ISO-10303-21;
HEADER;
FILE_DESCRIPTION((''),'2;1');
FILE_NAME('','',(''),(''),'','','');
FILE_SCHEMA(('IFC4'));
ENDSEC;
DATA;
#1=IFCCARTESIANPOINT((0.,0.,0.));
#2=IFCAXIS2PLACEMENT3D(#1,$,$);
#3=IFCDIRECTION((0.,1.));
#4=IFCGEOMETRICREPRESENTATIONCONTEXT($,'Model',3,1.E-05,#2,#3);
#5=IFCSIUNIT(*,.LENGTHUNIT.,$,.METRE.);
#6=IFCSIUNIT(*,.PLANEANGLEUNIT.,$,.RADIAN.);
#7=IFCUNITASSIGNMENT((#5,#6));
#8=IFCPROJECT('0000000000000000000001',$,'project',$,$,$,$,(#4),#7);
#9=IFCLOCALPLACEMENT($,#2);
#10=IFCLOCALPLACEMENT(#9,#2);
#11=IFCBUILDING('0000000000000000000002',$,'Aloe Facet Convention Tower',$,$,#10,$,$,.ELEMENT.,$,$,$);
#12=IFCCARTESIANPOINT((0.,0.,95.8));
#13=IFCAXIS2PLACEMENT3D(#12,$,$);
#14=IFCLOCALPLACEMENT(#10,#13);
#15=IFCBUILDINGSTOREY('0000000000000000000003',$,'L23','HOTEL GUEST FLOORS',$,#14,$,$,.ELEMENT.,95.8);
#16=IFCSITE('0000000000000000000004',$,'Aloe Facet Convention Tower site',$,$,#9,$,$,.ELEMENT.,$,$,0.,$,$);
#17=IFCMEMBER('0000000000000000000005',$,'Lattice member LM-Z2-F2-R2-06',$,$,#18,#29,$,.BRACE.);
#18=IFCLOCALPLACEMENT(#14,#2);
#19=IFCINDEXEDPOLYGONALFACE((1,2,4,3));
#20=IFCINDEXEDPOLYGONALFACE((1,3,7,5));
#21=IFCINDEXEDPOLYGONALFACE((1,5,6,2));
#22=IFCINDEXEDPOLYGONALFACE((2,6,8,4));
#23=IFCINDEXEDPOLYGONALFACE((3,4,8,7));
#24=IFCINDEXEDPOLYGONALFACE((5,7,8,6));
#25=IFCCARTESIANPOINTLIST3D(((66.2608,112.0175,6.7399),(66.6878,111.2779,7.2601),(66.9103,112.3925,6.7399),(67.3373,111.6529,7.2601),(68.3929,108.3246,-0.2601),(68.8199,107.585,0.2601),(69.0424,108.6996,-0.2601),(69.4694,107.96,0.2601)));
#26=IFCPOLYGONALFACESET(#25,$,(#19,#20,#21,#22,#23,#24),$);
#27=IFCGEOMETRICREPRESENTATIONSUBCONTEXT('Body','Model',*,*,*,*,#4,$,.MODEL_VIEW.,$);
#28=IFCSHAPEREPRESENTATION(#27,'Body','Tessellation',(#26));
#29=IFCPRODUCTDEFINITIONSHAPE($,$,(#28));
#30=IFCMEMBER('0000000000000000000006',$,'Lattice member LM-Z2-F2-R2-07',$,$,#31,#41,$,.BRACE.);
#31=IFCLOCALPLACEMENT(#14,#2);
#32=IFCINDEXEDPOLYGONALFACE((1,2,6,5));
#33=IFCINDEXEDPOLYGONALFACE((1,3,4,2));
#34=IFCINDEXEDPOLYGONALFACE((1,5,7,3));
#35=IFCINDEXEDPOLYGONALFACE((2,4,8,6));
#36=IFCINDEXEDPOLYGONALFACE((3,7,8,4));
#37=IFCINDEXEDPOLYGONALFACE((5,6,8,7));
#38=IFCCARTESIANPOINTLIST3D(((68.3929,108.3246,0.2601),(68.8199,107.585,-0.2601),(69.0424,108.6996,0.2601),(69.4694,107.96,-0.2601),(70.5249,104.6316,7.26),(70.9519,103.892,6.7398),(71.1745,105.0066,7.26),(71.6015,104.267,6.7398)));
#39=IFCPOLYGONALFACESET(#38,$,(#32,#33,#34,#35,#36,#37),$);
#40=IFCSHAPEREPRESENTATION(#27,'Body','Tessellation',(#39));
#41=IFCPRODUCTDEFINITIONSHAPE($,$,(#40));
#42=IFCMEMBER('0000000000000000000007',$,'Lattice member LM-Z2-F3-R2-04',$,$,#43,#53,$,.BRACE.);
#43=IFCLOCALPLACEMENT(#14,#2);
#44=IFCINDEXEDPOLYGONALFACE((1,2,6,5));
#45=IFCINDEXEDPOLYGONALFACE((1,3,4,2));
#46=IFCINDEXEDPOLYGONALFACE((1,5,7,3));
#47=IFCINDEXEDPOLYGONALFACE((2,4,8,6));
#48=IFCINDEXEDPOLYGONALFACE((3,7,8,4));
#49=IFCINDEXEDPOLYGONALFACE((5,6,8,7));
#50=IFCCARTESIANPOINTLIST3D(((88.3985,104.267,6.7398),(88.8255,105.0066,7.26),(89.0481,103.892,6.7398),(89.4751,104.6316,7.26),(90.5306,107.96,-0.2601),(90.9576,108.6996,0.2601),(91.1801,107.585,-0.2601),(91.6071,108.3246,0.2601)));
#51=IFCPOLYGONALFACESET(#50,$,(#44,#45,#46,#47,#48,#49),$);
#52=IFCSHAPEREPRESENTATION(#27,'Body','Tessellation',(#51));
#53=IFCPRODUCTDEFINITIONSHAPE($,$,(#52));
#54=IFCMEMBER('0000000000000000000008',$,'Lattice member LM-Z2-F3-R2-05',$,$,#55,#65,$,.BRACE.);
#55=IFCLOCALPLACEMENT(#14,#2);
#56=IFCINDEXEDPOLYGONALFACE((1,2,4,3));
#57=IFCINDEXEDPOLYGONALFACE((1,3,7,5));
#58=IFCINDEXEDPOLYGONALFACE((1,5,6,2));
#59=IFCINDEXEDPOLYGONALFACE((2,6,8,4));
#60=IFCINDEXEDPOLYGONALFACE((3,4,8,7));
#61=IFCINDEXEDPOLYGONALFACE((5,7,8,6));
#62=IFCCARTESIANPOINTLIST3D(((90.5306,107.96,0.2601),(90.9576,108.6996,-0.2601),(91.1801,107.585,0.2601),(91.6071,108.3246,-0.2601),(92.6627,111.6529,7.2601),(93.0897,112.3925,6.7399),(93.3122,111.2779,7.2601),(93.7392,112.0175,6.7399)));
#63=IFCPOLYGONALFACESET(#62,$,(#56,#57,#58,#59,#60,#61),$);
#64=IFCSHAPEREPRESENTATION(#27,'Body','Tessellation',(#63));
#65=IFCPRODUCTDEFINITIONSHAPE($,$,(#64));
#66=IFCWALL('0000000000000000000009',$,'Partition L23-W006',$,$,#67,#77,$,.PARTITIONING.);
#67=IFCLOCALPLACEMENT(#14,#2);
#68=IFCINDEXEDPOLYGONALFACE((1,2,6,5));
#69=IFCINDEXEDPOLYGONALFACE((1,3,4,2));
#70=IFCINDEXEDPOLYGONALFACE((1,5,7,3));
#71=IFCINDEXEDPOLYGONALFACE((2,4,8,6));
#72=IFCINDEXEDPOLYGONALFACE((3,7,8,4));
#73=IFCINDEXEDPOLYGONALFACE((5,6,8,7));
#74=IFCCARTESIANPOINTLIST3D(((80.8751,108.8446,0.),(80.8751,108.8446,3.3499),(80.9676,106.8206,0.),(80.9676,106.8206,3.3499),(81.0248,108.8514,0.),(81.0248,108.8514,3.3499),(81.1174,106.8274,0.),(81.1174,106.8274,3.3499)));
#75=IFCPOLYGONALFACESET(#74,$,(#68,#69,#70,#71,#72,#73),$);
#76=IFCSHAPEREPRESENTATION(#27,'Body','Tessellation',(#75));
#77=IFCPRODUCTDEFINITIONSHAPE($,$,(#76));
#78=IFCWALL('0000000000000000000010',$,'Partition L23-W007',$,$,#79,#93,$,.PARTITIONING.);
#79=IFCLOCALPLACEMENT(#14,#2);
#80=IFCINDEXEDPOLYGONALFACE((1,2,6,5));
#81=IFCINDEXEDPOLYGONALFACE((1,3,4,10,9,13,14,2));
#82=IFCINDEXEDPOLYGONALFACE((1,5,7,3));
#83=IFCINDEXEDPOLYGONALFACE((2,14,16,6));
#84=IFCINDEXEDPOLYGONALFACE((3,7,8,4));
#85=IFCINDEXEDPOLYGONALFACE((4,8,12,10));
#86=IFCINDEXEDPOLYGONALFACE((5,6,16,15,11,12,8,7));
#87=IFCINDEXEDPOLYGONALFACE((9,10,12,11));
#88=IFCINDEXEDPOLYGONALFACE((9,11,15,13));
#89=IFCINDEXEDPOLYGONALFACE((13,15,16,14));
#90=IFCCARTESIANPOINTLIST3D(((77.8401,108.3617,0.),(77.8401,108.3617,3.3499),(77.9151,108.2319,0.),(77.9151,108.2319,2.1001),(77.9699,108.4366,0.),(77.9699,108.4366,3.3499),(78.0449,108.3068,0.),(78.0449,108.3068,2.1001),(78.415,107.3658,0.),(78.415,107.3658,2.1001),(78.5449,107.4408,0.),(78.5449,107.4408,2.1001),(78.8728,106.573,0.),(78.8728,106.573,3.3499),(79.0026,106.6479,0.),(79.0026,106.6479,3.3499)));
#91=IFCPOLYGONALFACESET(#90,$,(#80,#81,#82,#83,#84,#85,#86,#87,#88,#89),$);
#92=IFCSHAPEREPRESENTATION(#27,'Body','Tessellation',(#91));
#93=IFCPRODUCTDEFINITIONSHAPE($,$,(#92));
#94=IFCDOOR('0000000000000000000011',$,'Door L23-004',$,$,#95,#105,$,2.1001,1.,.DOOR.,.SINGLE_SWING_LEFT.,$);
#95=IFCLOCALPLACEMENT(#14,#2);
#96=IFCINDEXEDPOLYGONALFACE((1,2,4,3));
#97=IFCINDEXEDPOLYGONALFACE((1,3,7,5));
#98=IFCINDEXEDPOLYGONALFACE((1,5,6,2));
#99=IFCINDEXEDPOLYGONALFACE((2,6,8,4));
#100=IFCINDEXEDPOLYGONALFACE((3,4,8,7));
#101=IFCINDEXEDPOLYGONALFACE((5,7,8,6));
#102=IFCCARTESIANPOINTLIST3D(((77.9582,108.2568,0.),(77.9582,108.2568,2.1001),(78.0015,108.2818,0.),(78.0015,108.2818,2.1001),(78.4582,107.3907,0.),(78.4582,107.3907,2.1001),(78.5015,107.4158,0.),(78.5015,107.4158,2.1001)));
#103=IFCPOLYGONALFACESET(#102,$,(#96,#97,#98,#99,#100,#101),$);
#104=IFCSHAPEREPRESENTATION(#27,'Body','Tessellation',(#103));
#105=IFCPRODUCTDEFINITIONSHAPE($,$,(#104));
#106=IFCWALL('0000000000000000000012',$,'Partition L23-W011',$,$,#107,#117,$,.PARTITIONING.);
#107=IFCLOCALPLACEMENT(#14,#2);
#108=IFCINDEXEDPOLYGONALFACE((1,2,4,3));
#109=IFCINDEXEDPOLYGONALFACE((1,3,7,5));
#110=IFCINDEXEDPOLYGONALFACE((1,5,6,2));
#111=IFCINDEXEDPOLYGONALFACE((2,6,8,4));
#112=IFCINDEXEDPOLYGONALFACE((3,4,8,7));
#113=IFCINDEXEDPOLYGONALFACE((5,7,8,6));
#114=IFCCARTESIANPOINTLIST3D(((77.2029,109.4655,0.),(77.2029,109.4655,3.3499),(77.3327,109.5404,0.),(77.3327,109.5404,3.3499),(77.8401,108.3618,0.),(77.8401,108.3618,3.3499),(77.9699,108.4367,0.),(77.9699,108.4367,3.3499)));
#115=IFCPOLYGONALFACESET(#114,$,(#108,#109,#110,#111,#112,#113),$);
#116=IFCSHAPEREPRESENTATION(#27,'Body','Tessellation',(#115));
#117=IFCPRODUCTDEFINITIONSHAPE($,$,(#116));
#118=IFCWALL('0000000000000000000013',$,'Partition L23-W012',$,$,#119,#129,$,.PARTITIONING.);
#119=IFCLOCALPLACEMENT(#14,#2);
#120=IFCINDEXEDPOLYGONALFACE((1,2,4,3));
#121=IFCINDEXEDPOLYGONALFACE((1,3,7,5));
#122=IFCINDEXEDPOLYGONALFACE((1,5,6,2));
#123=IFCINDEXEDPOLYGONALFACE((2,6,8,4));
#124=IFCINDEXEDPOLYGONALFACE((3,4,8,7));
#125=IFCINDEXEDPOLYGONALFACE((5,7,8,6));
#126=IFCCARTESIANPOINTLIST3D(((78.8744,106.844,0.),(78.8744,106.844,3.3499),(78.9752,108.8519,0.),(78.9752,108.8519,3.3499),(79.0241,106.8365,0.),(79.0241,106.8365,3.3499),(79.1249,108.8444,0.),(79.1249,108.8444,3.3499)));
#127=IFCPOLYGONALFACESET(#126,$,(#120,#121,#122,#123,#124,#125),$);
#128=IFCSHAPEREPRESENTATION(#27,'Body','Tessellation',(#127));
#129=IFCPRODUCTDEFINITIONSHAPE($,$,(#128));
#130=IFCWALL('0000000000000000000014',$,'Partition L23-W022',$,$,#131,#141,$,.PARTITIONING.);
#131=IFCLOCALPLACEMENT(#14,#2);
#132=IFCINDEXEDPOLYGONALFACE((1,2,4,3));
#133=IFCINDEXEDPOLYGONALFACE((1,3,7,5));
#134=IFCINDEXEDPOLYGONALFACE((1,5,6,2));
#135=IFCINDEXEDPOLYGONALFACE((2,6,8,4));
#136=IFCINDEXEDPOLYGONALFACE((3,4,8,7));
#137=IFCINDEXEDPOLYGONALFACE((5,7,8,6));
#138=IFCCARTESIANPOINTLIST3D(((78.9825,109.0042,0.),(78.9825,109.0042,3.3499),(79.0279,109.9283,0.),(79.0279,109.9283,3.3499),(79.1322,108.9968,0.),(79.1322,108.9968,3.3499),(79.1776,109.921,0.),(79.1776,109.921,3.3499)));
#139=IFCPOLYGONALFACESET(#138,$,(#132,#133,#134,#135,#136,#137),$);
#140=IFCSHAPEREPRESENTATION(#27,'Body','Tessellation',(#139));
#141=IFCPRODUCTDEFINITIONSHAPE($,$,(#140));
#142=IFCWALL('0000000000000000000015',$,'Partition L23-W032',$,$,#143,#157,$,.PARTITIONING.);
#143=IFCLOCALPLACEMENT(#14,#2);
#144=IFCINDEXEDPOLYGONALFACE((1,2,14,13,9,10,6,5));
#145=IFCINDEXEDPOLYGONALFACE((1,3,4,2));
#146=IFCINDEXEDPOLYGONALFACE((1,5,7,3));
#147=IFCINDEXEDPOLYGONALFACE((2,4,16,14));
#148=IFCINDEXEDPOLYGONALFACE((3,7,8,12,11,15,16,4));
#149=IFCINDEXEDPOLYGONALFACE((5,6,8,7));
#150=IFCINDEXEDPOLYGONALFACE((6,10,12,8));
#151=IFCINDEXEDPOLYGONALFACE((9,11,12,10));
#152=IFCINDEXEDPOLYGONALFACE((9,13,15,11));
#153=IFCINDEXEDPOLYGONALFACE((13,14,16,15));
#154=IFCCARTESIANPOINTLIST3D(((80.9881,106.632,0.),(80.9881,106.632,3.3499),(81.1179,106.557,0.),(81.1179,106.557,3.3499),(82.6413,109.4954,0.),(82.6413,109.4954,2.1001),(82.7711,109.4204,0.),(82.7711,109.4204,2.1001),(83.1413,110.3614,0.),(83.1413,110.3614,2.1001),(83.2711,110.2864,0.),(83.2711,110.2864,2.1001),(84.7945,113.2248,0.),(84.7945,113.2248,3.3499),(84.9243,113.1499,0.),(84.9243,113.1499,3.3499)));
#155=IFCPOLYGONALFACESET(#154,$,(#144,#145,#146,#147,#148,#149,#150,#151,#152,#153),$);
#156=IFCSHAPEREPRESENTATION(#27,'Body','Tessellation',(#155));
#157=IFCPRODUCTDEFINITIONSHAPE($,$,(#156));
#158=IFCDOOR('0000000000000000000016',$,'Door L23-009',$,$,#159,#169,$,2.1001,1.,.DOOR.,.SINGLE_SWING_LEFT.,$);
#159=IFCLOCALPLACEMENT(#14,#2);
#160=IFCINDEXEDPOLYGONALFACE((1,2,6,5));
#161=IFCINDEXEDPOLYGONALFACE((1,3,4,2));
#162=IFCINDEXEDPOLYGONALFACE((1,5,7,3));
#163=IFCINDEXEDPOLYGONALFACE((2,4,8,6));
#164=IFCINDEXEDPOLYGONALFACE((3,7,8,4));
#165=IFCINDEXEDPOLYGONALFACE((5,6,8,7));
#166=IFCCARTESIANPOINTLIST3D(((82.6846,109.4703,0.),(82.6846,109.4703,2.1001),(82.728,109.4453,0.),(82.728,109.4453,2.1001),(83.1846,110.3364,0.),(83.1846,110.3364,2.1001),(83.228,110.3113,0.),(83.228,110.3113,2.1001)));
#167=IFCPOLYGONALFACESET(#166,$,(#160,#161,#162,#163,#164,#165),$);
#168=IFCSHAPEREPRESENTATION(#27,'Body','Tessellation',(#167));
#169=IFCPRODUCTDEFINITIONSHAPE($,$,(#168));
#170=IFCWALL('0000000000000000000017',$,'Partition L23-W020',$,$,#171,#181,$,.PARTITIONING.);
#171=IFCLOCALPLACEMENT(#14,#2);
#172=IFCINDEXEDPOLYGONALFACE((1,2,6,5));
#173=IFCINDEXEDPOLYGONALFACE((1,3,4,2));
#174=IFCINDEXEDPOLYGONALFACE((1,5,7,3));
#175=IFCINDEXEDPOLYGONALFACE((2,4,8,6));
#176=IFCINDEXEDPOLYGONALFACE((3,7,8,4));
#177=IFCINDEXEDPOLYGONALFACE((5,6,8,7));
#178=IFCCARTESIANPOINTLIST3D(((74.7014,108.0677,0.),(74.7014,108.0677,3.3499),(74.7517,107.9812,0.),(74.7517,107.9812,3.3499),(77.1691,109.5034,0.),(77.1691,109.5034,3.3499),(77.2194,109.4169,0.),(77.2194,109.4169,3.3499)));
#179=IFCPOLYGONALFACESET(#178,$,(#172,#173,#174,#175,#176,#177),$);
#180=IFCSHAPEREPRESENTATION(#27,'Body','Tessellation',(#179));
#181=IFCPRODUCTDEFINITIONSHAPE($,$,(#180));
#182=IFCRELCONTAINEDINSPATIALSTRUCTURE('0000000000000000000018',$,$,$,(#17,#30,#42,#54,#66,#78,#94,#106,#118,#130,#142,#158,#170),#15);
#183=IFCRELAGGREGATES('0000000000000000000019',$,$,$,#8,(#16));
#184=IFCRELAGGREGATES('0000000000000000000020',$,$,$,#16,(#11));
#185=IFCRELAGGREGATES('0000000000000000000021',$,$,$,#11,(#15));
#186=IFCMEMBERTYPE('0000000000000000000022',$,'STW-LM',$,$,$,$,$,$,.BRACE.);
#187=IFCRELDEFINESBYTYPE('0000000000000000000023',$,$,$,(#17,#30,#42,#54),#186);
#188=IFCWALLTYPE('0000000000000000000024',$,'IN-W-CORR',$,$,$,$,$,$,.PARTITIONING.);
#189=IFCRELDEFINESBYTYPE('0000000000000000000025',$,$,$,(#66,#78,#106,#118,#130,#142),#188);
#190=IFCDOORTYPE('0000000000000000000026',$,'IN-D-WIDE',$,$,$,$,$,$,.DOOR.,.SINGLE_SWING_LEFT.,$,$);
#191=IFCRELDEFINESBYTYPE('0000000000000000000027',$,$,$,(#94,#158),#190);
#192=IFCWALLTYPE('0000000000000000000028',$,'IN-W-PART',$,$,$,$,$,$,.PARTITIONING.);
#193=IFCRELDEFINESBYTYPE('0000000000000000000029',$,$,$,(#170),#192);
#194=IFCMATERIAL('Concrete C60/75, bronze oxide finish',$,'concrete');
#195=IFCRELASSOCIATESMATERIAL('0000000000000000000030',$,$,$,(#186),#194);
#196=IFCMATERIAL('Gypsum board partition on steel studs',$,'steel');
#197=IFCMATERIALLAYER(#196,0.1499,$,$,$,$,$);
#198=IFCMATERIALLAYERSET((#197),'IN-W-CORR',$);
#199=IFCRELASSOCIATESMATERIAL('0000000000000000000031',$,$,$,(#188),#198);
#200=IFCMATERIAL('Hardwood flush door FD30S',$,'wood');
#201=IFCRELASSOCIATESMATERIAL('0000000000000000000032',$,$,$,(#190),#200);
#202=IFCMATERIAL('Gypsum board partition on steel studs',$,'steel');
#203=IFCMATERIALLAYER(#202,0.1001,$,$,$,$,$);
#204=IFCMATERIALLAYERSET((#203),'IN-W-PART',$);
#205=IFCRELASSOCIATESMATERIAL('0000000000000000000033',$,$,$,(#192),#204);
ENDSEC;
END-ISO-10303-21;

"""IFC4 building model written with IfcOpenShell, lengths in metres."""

from ifc_helpers import new_model, si_unit, direction, frame, frame_2d, origin, origin_2d, place, context, subcontext, project, spatial, rectangle, extrude, material, layer, layer_set, material_profile, profile_set, type_object, element, fill, save


model = new_model("IFC4")

# Units and contexts
model_context = context("Model", 3, precision=1e-05, world=origin(), true_north=direction((0.0, 1.0)))
body_context = subcontext(model_context, "Body", "Model", "MODEL_VIEW")
ifc_project = project(units=[si_unit("LENGTHUNIT", "METRE"), si_unit("PLANEANGLEUNIT", "RADIAN")], contexts=[model_context])

# Site, building, storey
site_placement = place(None, origin())
site = spatial("IfcSite", under=ifc_project, at=site_placement, Name="Aloe Facet Convention Tower site", CompositionType="ELEMENT", RefElevation=0.0)
building_placement = place(site_placement, origin())
building = spatial("IfcBuilding", under=site, at=building_placement, Name="Aloe Facet Convention Tower", CompositionType="ELEMENT")
storey_placement = place(building_placement, frame((0.0, 0.0, 95.8)))
storey = spatial("IfcBuildingStorey", under=building, at=storey_placement, Name="L23", Description="HOTEL GUEST FLOORS", CompositionType="ELEMENT", Elevation=95.8)

# Members
ifc_material_1 = material(Name="Concrete C60/75, bronze oxide finish", Category="concrete")
ifc_material_profile_1 = material_profile(ifc_material_1, rectangle(XDim=0.75, YDim=1.0, at=origin_2d()), Name="STW-LM")
ifc_profile_set_1 = profile_set([ifc_material_profile_1], Name="Concrete C60/75, bronze oxide finish")
member_type = type_object("IfcMemberType", Name="STW-LM", PredefinedType="BRACE", material=ifc_profile_set_1)
for number, where, z_axis, x_axis, name in (
    (1, (68.9312, 108.1423, 0.0), (-0.26012, 0.450541, 0.85402), (-0.866025, -0.5, 0.0), "Lattice member LM-Z2-F2-R2-06"),
    (2, (68.9312, 108.1423, 0.0), (0.260116, -0.450565, 0.854009), (0.86604, 0.499975, 0.0), "Lattice member LM-Z2-F2-R2-07"),
    (3, (91.0688, 108.1423, 0.0), (-0.260116, -0.450565, 0.854009), (0.86604, -0.499975, 0.0), "Lattice member LM-Z2-F3-R2-04"),
    (4, (91.0688, 108.1423, 0.0), (0.26012, 0.450541, 0.85402), (-0.866025, 0.5, 0.0), "Lattice member LM-Z2-F3-R2-05"),
):
    element("IfcMember", number, at=place(storey_placement, frame(where, z_axis=z_axis, x_axis=x_axis)), inside=storey, type_object=member_type, Name=name, PredefinedType="BRACE", context=body_context, shape_type="SweptSolid", body=[
        extrude(rectangle(XDim=0.75, YDim=1.0, at=origin_2d()), origin(), (0.0, 0.0, 1.0), 8.1965),
    ])

# Wall
ifc_material_2 = material(Name="Gypsum board partition on steel studs", Category="steel")
ifc_layer_1 = layer(ifc_material_2, 0.1499)
ifc_layer_set_1 = layer_set([ifc_layer_1], Name="IN-W-CORR")
wall_type_1 = type_object("IfcWallType", Name="IN-W-CORR", PredefinedType="PARTITIONING", material=ifc_layer_set_1)
wall_1_placement = place(storey_placement, frame((80.95, 108.8481, 0.0), z_axis=(0.0, 0.0, 1.0), x_axis=(0.04567, -0.998957, 0.0)))
element("IfcWall", 5, at=wall_1_placement, inside=storey, type_object=wall_type_1, Name="Partition L23-W006", PredefinedType="PARTITIONING", context=body_context, shape_type="SweptSolid", body=[
    extrude(rectangle(XDim=2.0261, YDim=0.1499, at=frame_2d((1.0132, 0.0))), origin(), (0.0, 0.0, 1.0), 3.3499),
])

# Wall, opening, door
wall_2_placement = place(storey_placement, frame((77.905, 108.3992, 0.0), z_axis=(0.0, 0.0, 1.0), x_axis=(0.499978, -0.866038, 0.0)))
wall_2 = element("IfcWall", 6, at=wall_2_placement, inside=storey, type_object=wall_type_1, Name="Partition L23-W007", PredefinedType="PARTITIONING", context=body_context, shape_type="SweptSolid", body=[
    extrude(rectangle(XDim=2.0654, YDim=0.1499, at=frame_2d((1.0327, 0.0))), origin(), (0.0, 0.0, 1.0), 3.3499),
])
opening_1_placement = place(wall_2_placement, frame((0.1499, 0.0, 0.0)))
opening_1 = element("IfcOpeningElement", 7, at=opening_1_placement, cuts=wall_2, PredefinedType="OPENING", context=body_context, shape_type="SweptSolid", body=[
    extrude(rectangle(XDim=1.0, YDim=2.1001, at=frame_2d((0.5, 1.05))), frame((0.0, 0.085, 0.0), z_axis=(0.0, -1.0, 0.0), x_axis=(1.0, 0.0, 0.0)), (0.0, 0.0, 1.0), 0.1699),
])
ifc_material_3 = material(Name="Hardwood flush door FD30S", Category="wood")
door_type_1 = type_object("IfcDoorType", Name="IN-D-WIDE", OperationType="SINGLE_SWING_LEFT", PredefinedType="DOOR", material=ifc_material_3)
door_1_placement = place(opening_1_placement, origin())
door_1 = element("IfcDoor", 8, at=door_1_placement, inside=storey, type_object=door_type_1, Name="Door L23-004", OperationType="SINGLE_SWING_LEFT", OverallHeight=2.1001, OverallWidth=1.0, PredefinedType="DOOR", context=body_context, shape_type="SweptSolid", body=[
    extrude(rectangle(XDim=1.0, YDim=2.1001, at=frame_2d((0.5, 1.05))), frame((0.0, 0.0249, 0.0), z_axis=(0.0, -1.0, 0.0), x_axis=(1.0, 0.0, 0.0)), (0.0, 0.0, 1.0), 0.05),
])
fill(opening_1, door_1)

# Walls
wall_3_placement = place(storey_placement, frame((77.2678, 109.5029, 0.0), z_axis=(0.0, 0.0, 1.0), x_axis=(0.499971, -0.866042, 0.0)))
element("IfcWall", 9, at=wall_3_placement, inside=storey, type_object=wall_type_1, Name="Partition L23-W011", PredefinedType="PARTITIONING", context=body_context, shape_type="SweptSolid", body=[
    extrude(rectangle(XDim=1.2744, YDim=0.1499, at=frame_2d((0.6372, 0.0))), origin(), (0.0, 0.0, 1.0), 3.3499),
])
wall_4_placement = place(storey_placement, frame((78.9492, 106.8401, 0.0), z_axis=(0.0, 0.0, 1.0), x_axis=(0.05015, 0.998742, 0.0)))
element("IfcWall", 10, at=wall_4_placement, inside=storey, type_object=wall_type_1, Name="Partition L23-W012", PredefinedType="PARTITIONING", context=body_context, shape_type="SweptSolid", body=[
    extrude(rectangle(XDim=2.0105, YDim=0.1499, at=frame_2d((1.0054, 0.0))), origin(), (0.0, 0.0, 1.0), 3.3499),
])
wall_5_placement = place(storey_placement, frame((79.0574, 109.0005, 0.0), z_axis=(0.0, 0.0, 1.0), x_axis=(0.049082, 0.998795, 0.0)))
element("IfcWall", 11, at=wall_5_placement, inside=storey, type_object=wall_type_1, Name="Partition L23-W022", PredefinedType="PARTITIONING", context=body_context, shape_type="SweptSolid", body=[
    extrude(rectangle(XDim=0.9253, YDim=0.1499, at=frame_2d((0.4626, 0.0))), origin(), (0.0, 0.0, 1.0), 3.3499),
])

# Wall, opening, door
wall_6_placement = place(storey_placement, frame((81.053, 106.5945, 0.0), z_axis=(0.0, 0.0, 1.0), x_axis=(0.500006, 0.866022, 0.0)))
wall_6 = element("IfcWall", 12, at=wall_6_placement, inside=storey, type_object=wall_type_1, Name="Partition L23-W032", PredefinedType="PARTITIONING", context=body_context, shape_type="SweptSolid", body=[
    extrude(rectangle(XDim=7.6128, YDim=0.1499, at=frame_2d((3.8064, 0.0))), origin(), (0.0, 0.0, 1.0), 3.3499),
])
opening_2_placement = place(wall_6_placement, frame((3.3064, 0.0, 0.0)))
opening_2 = element("IfcOpeningElement", 13, at=opening_2_placement, cuts=wall_6, PredefinedType="OPENING", context=body_context, shape_type="SweptSolid", body=[
    extrude(rectangle(XDim=1.0, YDim=2.1001, at=frame_2d((0.5, 1.05))), frame((0.0, 0.085, 0.0), z_axis=(0.0, -1.0, 0.0), x_axis=(1.0, 0.0, 0.0)), (0.0, 0.0, 1.0), 0.1699),
])
door_2_placement = place(opening_2_placement, origin())
door_2 = element("IfcDoor", 14, at=door_2_placement, inside=storey, type_object=door_type_1, Name="Door L23-009", OperationType="SINGLE_SWING_LEFT", OverallHeight=2.1001, OverallWidth=1.0, PredefinedType="DOOR", context=body_context, shape_type="SweptSolid", body=[
    extrude(rectangle(XDim=1.0, YDim=2.1001, at=frame_2d((0.5, 1.05))), frame((0.0, 0.0249, 0.0), z_axis=(0.0, -1.0, 0.0), x_axis=(1.0, 0.0, 0.0)), (0.0, 0.0, 1.0), 0.05),
])
fill(opening_2, door_2)

# Wall
ifc_material_4 = material(Name="Gypsum board partition on steel studs", Category="steel")
ifc_layer_2 = layer(ifc_material_4, 0.1001)
ifc_layer_set_2 = layer_set([ifc_layer_2], Name="IN-W-PART")
wall_type_2 = type_object("IfcWallType", Name="IN-W-PART", PredefinedType="PARTITIONING", material=ifc_layer_set_2)
wall_7_placement = place(storey_placement, frame((74.7266, 108.0244, 0.0), z_axis=(0.0, 0.0, 1.0), x_axis=(0.864349, 0.502892, 0.0)))
element("IfcWall", 15, at=wall_7_placement, inside=storey, type_object=wall_type_2, Name="Partition L23-W020", PredefinedType="PARTITIONING", context=body_context, shape_type="SweptSolid", body=[
    extrude(rectangle(XDim=2.855, YDim=0.1001, at=frame_2d((1.4275, 0.0))), origin(), (0.0, 0.0, 1.0), 3.3499),
])

save(model, "model.ifc")
